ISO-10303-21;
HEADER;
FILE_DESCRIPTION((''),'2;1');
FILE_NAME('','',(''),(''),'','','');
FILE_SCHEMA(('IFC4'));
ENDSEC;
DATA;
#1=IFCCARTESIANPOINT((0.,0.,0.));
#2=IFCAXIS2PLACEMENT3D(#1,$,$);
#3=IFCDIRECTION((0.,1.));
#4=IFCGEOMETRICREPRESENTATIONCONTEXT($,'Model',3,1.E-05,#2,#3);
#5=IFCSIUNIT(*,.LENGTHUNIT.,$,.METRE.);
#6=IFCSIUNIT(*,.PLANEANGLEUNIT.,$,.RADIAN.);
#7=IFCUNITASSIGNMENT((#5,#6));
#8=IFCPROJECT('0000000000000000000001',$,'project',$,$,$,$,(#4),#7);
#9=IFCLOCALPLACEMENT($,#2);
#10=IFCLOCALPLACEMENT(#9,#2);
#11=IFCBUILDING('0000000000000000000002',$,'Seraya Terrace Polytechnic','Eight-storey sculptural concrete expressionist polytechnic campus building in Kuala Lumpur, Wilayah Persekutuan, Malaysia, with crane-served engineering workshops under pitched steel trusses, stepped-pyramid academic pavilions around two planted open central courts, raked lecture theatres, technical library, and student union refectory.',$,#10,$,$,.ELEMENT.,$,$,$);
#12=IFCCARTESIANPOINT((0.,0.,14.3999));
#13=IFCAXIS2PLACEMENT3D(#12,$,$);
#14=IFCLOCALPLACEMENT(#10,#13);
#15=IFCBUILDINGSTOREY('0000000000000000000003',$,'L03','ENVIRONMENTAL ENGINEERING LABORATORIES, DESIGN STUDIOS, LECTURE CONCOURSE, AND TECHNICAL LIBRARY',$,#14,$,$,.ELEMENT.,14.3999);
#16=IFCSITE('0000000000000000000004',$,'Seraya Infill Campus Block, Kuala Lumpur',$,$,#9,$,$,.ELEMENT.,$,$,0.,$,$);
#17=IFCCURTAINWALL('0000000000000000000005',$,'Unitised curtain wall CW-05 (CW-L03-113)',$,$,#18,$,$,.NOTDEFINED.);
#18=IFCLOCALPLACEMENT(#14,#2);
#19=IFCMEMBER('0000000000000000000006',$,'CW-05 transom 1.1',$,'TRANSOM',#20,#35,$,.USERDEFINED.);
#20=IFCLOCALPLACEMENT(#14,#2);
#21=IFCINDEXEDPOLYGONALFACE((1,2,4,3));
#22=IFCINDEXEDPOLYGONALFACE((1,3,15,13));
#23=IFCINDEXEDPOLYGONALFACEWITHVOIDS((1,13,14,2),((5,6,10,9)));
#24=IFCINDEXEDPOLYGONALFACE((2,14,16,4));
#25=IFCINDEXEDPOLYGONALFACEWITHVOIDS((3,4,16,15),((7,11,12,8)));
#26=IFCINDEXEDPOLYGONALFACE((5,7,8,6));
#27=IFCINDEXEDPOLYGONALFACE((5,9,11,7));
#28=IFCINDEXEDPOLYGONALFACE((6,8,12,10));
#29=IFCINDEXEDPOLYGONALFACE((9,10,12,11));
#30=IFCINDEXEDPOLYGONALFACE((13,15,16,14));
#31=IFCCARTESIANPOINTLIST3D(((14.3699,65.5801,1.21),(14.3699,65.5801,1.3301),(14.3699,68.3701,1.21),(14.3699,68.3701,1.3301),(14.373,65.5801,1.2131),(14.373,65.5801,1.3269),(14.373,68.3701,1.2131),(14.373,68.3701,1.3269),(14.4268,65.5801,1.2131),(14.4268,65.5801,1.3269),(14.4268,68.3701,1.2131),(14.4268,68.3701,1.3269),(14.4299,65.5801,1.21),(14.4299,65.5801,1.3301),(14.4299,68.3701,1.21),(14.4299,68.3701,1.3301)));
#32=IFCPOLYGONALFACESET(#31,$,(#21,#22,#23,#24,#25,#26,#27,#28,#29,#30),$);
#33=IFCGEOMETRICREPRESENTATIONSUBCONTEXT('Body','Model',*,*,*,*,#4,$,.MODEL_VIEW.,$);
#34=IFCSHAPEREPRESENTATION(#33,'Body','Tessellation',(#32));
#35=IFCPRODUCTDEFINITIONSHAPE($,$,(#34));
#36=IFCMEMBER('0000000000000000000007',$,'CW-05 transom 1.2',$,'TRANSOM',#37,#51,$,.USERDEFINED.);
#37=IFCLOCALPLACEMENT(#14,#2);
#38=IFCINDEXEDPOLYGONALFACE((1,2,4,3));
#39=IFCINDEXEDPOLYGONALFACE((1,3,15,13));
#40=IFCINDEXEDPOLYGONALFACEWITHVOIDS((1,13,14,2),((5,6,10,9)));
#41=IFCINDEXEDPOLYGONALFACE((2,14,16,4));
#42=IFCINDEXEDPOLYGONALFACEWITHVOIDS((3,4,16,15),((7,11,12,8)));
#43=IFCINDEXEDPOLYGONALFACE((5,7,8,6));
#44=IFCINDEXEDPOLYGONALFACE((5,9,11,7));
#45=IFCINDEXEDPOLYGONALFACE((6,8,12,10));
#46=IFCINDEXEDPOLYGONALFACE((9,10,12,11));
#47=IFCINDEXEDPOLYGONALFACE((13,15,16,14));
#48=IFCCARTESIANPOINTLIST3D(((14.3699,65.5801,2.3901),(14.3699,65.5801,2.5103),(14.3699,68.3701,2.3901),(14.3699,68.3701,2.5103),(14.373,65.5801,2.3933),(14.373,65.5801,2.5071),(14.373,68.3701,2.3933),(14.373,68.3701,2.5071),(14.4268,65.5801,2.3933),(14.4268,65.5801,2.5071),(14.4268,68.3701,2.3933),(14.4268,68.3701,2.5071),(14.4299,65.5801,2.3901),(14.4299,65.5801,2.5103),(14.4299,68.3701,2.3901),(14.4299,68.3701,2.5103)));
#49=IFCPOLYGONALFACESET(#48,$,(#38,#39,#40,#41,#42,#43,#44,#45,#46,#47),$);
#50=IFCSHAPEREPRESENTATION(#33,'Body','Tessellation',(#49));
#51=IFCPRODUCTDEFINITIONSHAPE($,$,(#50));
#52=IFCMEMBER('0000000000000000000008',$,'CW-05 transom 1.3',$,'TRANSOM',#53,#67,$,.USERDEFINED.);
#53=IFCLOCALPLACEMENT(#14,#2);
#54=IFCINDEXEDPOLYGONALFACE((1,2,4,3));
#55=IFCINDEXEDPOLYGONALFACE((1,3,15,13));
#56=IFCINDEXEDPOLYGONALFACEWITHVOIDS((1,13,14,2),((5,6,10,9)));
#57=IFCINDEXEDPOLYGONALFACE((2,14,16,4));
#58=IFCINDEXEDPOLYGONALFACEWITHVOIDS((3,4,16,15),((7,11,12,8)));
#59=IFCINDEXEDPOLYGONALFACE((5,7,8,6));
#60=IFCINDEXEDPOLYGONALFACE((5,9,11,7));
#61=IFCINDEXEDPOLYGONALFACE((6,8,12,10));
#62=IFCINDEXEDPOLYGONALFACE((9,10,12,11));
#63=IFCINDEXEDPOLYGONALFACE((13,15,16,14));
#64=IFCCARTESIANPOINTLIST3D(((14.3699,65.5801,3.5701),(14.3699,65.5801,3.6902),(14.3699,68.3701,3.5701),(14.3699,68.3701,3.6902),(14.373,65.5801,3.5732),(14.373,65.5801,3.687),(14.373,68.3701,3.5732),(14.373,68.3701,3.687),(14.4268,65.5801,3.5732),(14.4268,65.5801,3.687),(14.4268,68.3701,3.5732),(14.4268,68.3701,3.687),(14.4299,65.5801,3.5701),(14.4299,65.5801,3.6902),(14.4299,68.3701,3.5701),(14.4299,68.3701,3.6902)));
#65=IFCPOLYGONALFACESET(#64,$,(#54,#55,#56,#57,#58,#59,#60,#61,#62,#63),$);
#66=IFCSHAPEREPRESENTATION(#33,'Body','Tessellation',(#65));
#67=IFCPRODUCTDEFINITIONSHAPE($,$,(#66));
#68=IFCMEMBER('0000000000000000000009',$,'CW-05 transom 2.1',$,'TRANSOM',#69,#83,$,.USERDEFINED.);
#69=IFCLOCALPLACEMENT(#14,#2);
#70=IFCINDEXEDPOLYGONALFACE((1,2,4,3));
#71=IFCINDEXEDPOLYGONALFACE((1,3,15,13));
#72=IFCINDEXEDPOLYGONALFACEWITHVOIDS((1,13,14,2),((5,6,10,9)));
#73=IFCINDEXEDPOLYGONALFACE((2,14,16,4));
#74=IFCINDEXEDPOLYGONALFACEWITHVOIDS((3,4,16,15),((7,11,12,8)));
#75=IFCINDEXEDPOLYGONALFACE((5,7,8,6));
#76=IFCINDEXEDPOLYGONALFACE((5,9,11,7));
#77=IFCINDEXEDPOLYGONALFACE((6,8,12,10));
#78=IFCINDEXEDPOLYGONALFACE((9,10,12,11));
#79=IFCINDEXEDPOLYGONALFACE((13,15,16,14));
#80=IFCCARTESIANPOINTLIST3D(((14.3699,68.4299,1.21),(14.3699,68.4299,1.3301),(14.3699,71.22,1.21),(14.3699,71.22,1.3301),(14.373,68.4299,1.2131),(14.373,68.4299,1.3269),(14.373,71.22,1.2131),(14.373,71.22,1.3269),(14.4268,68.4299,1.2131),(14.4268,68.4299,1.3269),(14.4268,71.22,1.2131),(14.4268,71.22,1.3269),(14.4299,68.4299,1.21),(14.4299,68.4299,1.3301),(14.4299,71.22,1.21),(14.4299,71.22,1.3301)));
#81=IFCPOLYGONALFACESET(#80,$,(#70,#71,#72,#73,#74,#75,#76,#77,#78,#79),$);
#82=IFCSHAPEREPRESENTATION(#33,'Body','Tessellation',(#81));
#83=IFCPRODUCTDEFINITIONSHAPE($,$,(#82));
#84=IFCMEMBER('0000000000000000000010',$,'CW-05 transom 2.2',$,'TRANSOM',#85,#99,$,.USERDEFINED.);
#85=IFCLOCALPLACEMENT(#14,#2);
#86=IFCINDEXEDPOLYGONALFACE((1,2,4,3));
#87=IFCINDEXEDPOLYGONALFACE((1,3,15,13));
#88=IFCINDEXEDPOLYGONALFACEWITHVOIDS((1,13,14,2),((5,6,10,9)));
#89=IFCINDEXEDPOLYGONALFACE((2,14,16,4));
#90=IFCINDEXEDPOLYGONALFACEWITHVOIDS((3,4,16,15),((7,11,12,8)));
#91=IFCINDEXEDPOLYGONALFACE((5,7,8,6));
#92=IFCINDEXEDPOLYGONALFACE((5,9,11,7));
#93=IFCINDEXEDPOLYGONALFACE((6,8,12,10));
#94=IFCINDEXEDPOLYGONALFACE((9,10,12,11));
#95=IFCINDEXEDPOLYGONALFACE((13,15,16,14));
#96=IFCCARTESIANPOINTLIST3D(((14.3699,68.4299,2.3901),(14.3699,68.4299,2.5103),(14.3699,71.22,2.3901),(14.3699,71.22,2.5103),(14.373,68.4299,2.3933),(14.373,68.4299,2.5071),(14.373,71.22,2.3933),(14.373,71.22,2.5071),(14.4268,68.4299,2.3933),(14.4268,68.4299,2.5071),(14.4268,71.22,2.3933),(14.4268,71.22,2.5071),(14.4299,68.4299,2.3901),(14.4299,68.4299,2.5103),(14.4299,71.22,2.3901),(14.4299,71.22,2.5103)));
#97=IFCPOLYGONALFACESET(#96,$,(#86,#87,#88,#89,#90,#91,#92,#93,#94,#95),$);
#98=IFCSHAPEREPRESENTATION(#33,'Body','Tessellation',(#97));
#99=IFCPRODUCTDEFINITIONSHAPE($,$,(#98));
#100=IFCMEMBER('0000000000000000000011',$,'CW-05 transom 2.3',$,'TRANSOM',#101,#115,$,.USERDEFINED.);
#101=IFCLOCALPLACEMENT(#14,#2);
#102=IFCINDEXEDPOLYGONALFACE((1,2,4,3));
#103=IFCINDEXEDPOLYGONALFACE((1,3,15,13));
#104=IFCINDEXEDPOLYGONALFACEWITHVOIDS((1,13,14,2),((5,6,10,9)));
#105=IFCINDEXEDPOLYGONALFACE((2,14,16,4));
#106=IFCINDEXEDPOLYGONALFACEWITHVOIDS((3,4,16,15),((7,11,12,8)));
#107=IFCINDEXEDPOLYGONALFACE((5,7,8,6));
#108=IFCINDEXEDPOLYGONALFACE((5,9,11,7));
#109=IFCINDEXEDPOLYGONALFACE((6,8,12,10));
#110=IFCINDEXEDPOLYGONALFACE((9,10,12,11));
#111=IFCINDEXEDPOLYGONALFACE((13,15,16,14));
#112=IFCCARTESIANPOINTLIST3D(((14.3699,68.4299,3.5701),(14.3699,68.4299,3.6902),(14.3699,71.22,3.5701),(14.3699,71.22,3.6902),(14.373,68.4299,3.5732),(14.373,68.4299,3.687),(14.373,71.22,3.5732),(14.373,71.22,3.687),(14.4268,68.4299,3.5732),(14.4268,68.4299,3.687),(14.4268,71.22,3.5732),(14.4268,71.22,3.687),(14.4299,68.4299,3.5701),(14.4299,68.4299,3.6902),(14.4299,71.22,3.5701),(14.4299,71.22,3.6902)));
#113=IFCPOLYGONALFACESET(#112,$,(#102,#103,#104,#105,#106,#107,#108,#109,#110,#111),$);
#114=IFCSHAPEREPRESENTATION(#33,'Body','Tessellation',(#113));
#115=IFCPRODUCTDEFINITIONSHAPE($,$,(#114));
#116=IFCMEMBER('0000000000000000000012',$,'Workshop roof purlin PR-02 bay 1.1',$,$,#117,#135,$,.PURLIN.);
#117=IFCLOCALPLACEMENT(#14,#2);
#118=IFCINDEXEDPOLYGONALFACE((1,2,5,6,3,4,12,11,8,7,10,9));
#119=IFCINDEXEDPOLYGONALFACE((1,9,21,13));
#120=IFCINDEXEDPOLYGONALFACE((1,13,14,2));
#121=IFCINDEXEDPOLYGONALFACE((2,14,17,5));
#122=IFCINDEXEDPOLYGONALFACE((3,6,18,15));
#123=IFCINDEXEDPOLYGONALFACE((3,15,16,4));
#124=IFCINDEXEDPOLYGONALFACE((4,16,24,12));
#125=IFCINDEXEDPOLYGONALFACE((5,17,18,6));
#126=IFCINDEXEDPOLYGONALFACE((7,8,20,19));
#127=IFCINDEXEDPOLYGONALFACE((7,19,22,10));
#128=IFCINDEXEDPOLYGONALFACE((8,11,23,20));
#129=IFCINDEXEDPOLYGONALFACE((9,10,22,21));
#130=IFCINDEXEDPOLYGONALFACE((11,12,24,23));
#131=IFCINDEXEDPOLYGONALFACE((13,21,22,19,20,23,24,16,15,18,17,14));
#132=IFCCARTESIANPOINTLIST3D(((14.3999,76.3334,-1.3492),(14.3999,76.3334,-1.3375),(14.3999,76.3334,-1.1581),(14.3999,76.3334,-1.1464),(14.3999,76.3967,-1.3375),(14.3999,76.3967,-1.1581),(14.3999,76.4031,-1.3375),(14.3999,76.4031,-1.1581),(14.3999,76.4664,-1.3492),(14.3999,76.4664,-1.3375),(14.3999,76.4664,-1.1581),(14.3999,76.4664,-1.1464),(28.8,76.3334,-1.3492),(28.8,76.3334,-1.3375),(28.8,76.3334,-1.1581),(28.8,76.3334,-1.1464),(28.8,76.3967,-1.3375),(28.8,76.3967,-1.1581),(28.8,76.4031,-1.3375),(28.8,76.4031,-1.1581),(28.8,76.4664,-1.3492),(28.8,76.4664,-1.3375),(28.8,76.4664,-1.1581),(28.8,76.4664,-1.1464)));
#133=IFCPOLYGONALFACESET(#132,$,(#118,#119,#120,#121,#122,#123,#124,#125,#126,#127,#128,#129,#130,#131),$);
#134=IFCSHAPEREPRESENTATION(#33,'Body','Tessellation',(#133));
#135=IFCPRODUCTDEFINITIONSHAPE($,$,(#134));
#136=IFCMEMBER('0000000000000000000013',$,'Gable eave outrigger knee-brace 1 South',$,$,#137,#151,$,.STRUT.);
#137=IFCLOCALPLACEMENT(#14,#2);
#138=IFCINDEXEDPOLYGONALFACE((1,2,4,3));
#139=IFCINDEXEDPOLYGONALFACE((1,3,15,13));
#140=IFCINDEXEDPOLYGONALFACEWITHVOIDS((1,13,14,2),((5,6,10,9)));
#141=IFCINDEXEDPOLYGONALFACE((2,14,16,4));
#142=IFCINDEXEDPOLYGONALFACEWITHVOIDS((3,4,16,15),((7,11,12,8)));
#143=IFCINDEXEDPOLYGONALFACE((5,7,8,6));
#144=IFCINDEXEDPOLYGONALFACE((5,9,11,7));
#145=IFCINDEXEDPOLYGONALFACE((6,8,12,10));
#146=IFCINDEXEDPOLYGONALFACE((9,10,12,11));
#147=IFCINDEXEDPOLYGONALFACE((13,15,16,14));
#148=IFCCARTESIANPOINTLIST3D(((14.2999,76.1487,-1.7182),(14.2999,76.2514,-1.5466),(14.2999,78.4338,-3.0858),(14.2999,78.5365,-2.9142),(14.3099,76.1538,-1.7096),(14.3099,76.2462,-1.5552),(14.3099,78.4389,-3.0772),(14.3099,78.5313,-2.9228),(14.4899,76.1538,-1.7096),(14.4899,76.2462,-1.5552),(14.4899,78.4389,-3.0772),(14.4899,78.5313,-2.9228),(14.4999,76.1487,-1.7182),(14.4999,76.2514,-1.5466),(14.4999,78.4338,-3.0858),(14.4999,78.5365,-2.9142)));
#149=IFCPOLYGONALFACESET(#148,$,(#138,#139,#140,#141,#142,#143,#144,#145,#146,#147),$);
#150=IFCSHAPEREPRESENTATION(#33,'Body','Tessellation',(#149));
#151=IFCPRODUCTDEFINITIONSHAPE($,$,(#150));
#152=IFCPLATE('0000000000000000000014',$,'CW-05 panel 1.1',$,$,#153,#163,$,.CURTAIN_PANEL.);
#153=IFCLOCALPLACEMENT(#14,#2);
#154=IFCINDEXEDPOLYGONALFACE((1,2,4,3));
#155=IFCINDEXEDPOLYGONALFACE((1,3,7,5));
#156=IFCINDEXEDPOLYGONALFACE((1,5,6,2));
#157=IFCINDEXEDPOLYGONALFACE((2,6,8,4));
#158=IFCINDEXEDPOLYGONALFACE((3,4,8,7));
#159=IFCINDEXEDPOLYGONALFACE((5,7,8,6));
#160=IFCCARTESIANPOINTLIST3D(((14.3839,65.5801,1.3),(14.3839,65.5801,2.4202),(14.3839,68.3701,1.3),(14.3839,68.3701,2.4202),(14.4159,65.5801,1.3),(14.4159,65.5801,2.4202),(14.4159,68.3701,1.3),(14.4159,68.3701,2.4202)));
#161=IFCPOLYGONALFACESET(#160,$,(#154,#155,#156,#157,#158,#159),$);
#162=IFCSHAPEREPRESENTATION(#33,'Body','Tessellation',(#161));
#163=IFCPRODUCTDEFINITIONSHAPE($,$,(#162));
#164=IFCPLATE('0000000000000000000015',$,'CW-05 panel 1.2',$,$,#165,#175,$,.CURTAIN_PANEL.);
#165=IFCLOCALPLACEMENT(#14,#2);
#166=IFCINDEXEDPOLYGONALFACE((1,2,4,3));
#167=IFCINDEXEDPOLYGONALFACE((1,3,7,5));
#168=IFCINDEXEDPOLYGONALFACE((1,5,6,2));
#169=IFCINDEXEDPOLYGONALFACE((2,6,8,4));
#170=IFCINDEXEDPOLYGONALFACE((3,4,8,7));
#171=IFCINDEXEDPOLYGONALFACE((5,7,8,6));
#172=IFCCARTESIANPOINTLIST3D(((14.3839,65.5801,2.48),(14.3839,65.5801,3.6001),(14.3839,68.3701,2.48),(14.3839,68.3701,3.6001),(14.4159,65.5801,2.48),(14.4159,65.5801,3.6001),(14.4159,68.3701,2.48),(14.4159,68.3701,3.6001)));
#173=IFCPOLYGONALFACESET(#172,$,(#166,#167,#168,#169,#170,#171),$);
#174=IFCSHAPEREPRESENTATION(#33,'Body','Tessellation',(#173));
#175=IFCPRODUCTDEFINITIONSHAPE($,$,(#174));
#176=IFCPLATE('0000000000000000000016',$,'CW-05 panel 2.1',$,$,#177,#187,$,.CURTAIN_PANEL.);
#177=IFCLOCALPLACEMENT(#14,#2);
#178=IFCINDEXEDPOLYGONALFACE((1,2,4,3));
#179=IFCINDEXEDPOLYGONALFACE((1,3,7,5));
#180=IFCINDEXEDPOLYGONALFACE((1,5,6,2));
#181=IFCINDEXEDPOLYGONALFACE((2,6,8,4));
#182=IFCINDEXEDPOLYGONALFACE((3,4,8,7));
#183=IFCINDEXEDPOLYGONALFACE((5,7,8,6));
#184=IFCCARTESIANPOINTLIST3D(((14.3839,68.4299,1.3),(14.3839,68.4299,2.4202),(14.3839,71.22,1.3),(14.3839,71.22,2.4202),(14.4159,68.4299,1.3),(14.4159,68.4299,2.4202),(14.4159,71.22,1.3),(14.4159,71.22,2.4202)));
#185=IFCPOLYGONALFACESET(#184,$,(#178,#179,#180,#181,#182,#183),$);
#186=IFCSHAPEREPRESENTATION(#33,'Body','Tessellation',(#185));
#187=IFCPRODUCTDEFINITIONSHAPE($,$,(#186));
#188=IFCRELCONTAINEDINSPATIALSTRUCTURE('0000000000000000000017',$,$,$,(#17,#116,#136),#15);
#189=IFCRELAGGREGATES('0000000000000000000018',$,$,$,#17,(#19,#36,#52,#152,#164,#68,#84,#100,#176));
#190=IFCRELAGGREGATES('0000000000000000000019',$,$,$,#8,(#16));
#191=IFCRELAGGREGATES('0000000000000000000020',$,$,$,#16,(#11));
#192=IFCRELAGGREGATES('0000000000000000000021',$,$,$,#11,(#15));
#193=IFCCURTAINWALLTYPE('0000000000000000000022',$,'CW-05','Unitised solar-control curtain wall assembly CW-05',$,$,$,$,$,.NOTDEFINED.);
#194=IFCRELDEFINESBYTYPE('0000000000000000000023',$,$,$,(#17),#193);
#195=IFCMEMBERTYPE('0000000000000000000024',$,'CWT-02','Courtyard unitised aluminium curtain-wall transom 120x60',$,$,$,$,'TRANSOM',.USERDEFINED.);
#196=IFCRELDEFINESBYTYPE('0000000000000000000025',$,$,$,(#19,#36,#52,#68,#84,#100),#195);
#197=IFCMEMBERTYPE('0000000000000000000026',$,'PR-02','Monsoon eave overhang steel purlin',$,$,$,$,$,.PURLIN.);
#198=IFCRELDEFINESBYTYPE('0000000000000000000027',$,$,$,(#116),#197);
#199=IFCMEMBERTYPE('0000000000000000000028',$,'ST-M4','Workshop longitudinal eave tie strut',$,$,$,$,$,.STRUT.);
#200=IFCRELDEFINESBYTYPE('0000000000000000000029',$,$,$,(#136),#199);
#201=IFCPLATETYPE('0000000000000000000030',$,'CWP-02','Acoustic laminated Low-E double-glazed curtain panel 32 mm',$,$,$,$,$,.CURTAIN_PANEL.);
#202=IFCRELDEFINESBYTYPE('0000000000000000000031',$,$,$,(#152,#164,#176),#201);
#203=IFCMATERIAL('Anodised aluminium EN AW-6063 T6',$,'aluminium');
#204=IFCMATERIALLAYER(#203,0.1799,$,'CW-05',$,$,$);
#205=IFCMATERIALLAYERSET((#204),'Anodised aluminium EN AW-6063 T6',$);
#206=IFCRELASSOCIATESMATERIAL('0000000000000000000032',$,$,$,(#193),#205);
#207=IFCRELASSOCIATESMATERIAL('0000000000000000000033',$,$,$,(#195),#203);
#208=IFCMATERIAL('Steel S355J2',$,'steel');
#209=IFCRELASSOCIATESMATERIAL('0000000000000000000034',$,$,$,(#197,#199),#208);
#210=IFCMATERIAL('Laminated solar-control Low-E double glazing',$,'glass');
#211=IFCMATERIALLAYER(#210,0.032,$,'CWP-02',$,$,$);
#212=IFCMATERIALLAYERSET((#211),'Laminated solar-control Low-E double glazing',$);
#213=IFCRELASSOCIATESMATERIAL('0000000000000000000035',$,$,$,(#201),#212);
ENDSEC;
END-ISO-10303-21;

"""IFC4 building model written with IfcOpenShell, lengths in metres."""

from ifc_helpers import new_model, si_unit, direction, frame, origin, origin_2d, place, context, subcontext, project, spatial, rectangle, hollow_rectangle, i_section, extrude, material, layer, layer_set, material_profile, profile_set, type_object, element, aggregate, save


model = new_model("IFC4")

# Units and contexts
model_context = context("Model", 3, precision=1e-05, world=origin(), true_north=direction((0.0, 1.0)))
body_context = subcontext(model_context, "Body", "Model", "MODEL_VIEW")
ifc_project = project(units=[si_unit("LENGTHUNIT", "METRE"), si_unit("PLANEANGLEUNIT", "RADIAN")], contexts=[model_context])

# Site, building, storey
site_placement = place(None, origin())
site = spatial("IfcSite", under=ifc_project, at=site_placement, Name="Seraya Infill Campus Block, Kuala Lumpur", CompositionType="ELEMENT", RefElevation=0.0)
building_placement = place(site_placement, origin())
building = spatial("IfcBuilding", under=site, at=building_placement, Name="Seraya Terrace Polytechnic", Description="Eight-storey sculptural concrete expressionist polytechnic campus building in Kuala Lumpur, Wilayah Persekutuan, Malaysia, with crane-served engineering workshops under pitched steel trusses, stepped-pyramid academic pavilions around two planted open central courts, raked lecture theatres, technical library, and student union refectory.", CompositionType="ELEMENT")
storey_placement = place(building_placement, frame((0.0, 0.0, 14.3999)))
storey = spatial("IfcBuildingStorey", under=building, at=storey_placement, Name="L03", Description="ENVIRONMENTAL ENGINEERING LABORATORIES, DESIGN STUDIOS, LECTURE CONCOURSE, AND TECHNICAL LIBRARY", CompositionType="ELEMENT", Elevation=14.3999)

# Curtain wall, members
ifc_material_1 = material(Name="Anodised aluminium EN AW-6063 T6", Category="aluminium")
ifc_layer_1 = layer(ifc_material_1, 0.1799, Name="CW-05")
ifc_layer_set_1 = layer_set([ifc_layer_1], Name="Anodised aluminium EN AW-6063 T6")
curtain_wall_type = type_object("IfcCurtainWallType", Name="CW-05", Description="Unitised solar-control curtain wall assembly CW-05", PredefinedType="NOTDEFINED", material=ifc_layer_set_1)
curtain_wall_placement = place(storey_placement, origin())
curtain_wall = element("IfcCurtainWall", 1, at=curtain_wall_placement, inside=storey, type_object=curtain_wall_type, Name="Unitised curtain wall CW-05 (CW-L03-113)", PredefinedType="NOTDEFINED")
ifc_material_profile_1 = material_profile(ifc_material_1, hollow_rectangle(XDim=0.0601, YDim=0.1201, WallThickness=0.0032, at=origin_2d()), Name="RHS 120x60x3.2")
ifc_profile_set_1 = profile_set([ifc_material_profile_1], Name="Anodised aluminium EN AW-6063 T6")
member_type_1 = type_object("IfcMemberType", Name="CWT-02", Description="Courtyard unitised aluminium curtain-wall transom 120x60", ElementType="TRANSOM", PredefinedType="USERDEFINED", material=ifc_profile_set_1)
member_1_placement = place(storey_placement, frame((14.3999, 65.5801, 1.27), z_axis=(0.0, 1.0, 0.0), x_axis=(-1.0, 0.0, 0.0)))
member_1 = element("IfcMember", 2, at=member_1_placement, type_object=member_type_1, Name="CW-05 transom 1.1", ObjectType="TRANSOM", PredefinedType="USERDEFINED", context=body_context, shape_type="SweptSolid", body=[
    extrude(hollow_rectangle(XDim=0.0601, YDim=0.1201, WallThickness=0.0032, at=origin_2d()), origin(), (0.0, 0.0, 1.0), 2.79),
])
member_2_placement = place(storey_placement, frame((14.3999, 65.5801, 2.4502), z_axis=(0.0, 1.0, 0.0), x_axis=(-1.0, 0.0, 0.0)))
member_2 = element("IfcMember", 3, at=member_2_placement, type_object=member_type_1, Name="CW-05 transom 1.2", ObjectType="TRANSOM", PredefinedType="USERDEFINED", context=body_context, shape_type="SweptSolid", body=[
    extrude(hollow_rectangle(XDim=0.0601, YDim=0.1201, WallThickness=0.0032, at=origin_2d()), origin(), (0.0, 0.0, 1.0), 2.79),
])
member_3_placement = place(storey_placement, frame((14.3999, 65.5801, 3.6301), z_axis=(0.0, 1.0, 0.0), x_axis=(-1.0, 0.0, 0.0)))
member_3 = element("IfcMember", 4, at=member_3_placement, type_object=member_type_1, Name="CW-05 transom 1.3", ObjectType="TRANSOM", PredefinedType="USERDEFINED", context=body_context, shape_type="SweptSolid", body=[
    extrude(hollow_rectangle(XDim=0.0601, YDim=0.1201, WallThickness=0.0032, at=origin_2d()), origin(), (0.0, 0.0, 1.0), 2.79),
])
member_4_placement = place(storey_placement, frame((14.3999, 68.4299, 1.27), z_axis=(0.0, 1.0, 0.0), x_axis=(-1.0, 0.0, 0.0)))
member_4 = element("IfcMember", 5, at=member_4_placement, type_object=member_type_1, Name="CW-05 transom 2.1", ObjectType="TRANSOM", PredefinedType="USERDEFINED", context=body_context, shape_type="SweptSolid", body=[
    extrude(hollow_rectangle(XDim=0.0601, YDim=0.1201, WallThickness=0.0032, at=origin_2d()), origin(), (0.0, 0.0, 1.0), 2.79),
])
member_5_placement = place(storey_placement, frame((14.3999, 68.4299, 2.4502), z_axis=(0.0, 1.0, 0.0), x_axis=(-1.0, 0.0, 0.0)))
member_5 = element("IfcMember", 6, at=member_5_placement, type_object=member_type_1, Name="CW-05 transom 2.2", ObjectType="TRANSOM", PredefinedType="USERDEFINED", context=body_context, shape_type="SweptSolid", body=[
    extrude(hollow_rectangle(XDim=0.0601, YDim=0.1201, WallThickness=0.0032, at=origin_2d()), origin(), (0.0, 0.0, 1.0), 2.79),
])
member_6_placement = place(storey_placement, frame((14.3999, 68.4299, 3.6301), z_axis=(0.0, 1.0, 0.0), x_axis=(-1.0, 0.0, 0.0)))
member_6 = element("IfcMember", 7, at=member_6_placement, type_object=member_type_1, Name="CW-05 transom 2.3", ObjectType="TRANSOM", PredefinedType="USERDEFINED", context=body_context, shape_type="SweptSolid", body=[
    extrude(hollow_rectangle(XDim=0.0601, YDim=0.1201, WallThickness=0.0032, at=origin_2d()), origin(), (0.0, 0.0, 1.0), 2.79),
])

# Members
ifc_material_2 = material(Name="Steel S355J2", Category="steel")
ifc_material_profile_2 = material_profile(ifc_material_2, i_section(OverallWidth=0.1331, OverallDepth=0.2029, WebThickness=0.0063, FlangeThickness=0.0117, at=origin_2d()), Name="UKB 203x133x6.4x11.8")
ifc_profile_set_2 = profile_set([ifc_material_profile_2], Name="Steel S355J2")
member_type_2 = type_object("IfcMemberType", Name="PR-02", Description="Monsoon eave overhang steel purlin", PredefinedType="PURLIN", material=ifc_profile_set_2)
member_7_placement = place(storey_placement, frame((14.3999, 76.3999, -1.2478), z_axis=(1.0, 0.0, 0.0), x_axis=(0.0, 1.0, 0.0)))
element("IfcMember", 8, at=member_7_placement, inside=storey, type_object=member_type_2, Name="Workshop roof purlin PR-02 bay 1.1", PredefinedType="PURLIN", context=body_context, shape_type="SweptSolid", body=[
    extrude(i_section(OverallWidth=0.1331, OverallDepth=0.2029, WebThickness=0.0063, FlangeThickness=0.0117, at=origin_2d()), origin(), (0.0, 0.0, 1.0), 14.4001),
])
ifc_material_profile_3 = material_profile(ifc_material_2, hollow_rectangle(XDim=0.2, YDim=0.2, WallThickness=0.01, at=origin_2d()), Name="SHS 200x200x10.0")
ifc_profile_set_3 = profile_set([ifc_material_profile_3], Name="Steel S355J2")
member_type_3 = type_object("IfcMemberType", Name="ST-M4", Description="Workshop longitudinal eave tie strut", PredefinedType="STRUT", material=ifc_profile_set_3)
member_8_placement = place(storey_placement, frame((14.3999, 78.4851, -3.0), z_axis=(0.0, -0.858059, 0.513552), x_axis=(1.0, 0.0, 0.0)))
element("IfcMember", 9, at=member_8_placement, inside=storey, type_object=member_type_3, Name="Gable eave outrigger knee-brace 1 South", PredefinedType="STRUT", context=body_context, shape_type="SweptSolid", body=[
    extrude(hollow_rectangle(XDim=0.2, YDim=0.2, WallThickness=0.01, at=origin_2d()), origin(), (0.0, 0.0, 1.0), 2.6631),
])

# Plates
ifc_material_3 = material(Name="Laminated solar-control Low-E double glazing", Category="glass")
ifc_layer_2 = layer(ifc_material_3, 0.032, Name="CWP-02")
ifc_layer_set_2 = layer_set([ifc_layer_2], Name="Laminated solar-control Low-E double glazing")
plate_type_1 = type_object("IfcPlateType", Name="CWP-02", Description="Acoustic laminated Low-E double-glazed curtain panel 32 mm", PredefinedType="CURTAIN_PANEL", material=ifc_layer_set_2)
plate_1_placement = place(storey_placement, frame((14.3999, 66.9751, 1.3), z_axis=(0.0, 0.0, 1.0), x_axis=(0.0, 1.0, 0.0)))
plate_1 = element("IfcPlate", 10, at=plate_1_placement, type_object=plate_type_1, Name="CW-05 panel 1.1", PredefinedType="CURTAIN_PANEL", context=body_context, shape_type="SweptSolid", body=[
    extrude(rectangle(XDim=2.79, YDim=0.032, at=origin_2d()), origin(), (0.0, 0.0, 1.0), 1.1201),
])
plate_2_placement = place(storey_placement, frame((14.3999, 66.9751, 2.48), z_axis=(0.0, 0.0, 1.0), x_axis=(0.0, 1.0, 0.0)))
plate_2 = element("IfcPlate", 11, at=plate_2_placement, type_object=plate_type_1, Name="CW-05 panel 1.2", PredefinedType="CURTAIN_PANEL", context=body_context, shape_type="SweptSolid", body=[
    extrude(rectangle(XDim=2.79, YDim=0.032, at=origin_2d()), origin(), (0.0, 0.0, 1.0), 1.1201),
])
plate_3_placement = place(storey_placement, frame((14.3999, 69.825, 1.3), z_axis=(0.0, 0.0, 1.0), x_axis=(0.0, 1.0, 0.0)))
plate_3 = element("IfcPlate", 12, at=plate_3_placement, type_object=plate_type_1, Name="CW-05 panel 2.1", PredefinedType="CURTAIN_PANEL", context=body_context, shape_type="SweptSolid", body=[
    extrude(rectangle(XDim=2.79, YDim=0.032, at=origin_2d()), origin(), (0.0, 0.0, 1.0), 1.1201),
])
aggregate(curtain_wall, [member_1, member_2, member_3, plate_1, plate_2, member_4, member_5, member_6, plate_3])

save(model, "model.ifc")
